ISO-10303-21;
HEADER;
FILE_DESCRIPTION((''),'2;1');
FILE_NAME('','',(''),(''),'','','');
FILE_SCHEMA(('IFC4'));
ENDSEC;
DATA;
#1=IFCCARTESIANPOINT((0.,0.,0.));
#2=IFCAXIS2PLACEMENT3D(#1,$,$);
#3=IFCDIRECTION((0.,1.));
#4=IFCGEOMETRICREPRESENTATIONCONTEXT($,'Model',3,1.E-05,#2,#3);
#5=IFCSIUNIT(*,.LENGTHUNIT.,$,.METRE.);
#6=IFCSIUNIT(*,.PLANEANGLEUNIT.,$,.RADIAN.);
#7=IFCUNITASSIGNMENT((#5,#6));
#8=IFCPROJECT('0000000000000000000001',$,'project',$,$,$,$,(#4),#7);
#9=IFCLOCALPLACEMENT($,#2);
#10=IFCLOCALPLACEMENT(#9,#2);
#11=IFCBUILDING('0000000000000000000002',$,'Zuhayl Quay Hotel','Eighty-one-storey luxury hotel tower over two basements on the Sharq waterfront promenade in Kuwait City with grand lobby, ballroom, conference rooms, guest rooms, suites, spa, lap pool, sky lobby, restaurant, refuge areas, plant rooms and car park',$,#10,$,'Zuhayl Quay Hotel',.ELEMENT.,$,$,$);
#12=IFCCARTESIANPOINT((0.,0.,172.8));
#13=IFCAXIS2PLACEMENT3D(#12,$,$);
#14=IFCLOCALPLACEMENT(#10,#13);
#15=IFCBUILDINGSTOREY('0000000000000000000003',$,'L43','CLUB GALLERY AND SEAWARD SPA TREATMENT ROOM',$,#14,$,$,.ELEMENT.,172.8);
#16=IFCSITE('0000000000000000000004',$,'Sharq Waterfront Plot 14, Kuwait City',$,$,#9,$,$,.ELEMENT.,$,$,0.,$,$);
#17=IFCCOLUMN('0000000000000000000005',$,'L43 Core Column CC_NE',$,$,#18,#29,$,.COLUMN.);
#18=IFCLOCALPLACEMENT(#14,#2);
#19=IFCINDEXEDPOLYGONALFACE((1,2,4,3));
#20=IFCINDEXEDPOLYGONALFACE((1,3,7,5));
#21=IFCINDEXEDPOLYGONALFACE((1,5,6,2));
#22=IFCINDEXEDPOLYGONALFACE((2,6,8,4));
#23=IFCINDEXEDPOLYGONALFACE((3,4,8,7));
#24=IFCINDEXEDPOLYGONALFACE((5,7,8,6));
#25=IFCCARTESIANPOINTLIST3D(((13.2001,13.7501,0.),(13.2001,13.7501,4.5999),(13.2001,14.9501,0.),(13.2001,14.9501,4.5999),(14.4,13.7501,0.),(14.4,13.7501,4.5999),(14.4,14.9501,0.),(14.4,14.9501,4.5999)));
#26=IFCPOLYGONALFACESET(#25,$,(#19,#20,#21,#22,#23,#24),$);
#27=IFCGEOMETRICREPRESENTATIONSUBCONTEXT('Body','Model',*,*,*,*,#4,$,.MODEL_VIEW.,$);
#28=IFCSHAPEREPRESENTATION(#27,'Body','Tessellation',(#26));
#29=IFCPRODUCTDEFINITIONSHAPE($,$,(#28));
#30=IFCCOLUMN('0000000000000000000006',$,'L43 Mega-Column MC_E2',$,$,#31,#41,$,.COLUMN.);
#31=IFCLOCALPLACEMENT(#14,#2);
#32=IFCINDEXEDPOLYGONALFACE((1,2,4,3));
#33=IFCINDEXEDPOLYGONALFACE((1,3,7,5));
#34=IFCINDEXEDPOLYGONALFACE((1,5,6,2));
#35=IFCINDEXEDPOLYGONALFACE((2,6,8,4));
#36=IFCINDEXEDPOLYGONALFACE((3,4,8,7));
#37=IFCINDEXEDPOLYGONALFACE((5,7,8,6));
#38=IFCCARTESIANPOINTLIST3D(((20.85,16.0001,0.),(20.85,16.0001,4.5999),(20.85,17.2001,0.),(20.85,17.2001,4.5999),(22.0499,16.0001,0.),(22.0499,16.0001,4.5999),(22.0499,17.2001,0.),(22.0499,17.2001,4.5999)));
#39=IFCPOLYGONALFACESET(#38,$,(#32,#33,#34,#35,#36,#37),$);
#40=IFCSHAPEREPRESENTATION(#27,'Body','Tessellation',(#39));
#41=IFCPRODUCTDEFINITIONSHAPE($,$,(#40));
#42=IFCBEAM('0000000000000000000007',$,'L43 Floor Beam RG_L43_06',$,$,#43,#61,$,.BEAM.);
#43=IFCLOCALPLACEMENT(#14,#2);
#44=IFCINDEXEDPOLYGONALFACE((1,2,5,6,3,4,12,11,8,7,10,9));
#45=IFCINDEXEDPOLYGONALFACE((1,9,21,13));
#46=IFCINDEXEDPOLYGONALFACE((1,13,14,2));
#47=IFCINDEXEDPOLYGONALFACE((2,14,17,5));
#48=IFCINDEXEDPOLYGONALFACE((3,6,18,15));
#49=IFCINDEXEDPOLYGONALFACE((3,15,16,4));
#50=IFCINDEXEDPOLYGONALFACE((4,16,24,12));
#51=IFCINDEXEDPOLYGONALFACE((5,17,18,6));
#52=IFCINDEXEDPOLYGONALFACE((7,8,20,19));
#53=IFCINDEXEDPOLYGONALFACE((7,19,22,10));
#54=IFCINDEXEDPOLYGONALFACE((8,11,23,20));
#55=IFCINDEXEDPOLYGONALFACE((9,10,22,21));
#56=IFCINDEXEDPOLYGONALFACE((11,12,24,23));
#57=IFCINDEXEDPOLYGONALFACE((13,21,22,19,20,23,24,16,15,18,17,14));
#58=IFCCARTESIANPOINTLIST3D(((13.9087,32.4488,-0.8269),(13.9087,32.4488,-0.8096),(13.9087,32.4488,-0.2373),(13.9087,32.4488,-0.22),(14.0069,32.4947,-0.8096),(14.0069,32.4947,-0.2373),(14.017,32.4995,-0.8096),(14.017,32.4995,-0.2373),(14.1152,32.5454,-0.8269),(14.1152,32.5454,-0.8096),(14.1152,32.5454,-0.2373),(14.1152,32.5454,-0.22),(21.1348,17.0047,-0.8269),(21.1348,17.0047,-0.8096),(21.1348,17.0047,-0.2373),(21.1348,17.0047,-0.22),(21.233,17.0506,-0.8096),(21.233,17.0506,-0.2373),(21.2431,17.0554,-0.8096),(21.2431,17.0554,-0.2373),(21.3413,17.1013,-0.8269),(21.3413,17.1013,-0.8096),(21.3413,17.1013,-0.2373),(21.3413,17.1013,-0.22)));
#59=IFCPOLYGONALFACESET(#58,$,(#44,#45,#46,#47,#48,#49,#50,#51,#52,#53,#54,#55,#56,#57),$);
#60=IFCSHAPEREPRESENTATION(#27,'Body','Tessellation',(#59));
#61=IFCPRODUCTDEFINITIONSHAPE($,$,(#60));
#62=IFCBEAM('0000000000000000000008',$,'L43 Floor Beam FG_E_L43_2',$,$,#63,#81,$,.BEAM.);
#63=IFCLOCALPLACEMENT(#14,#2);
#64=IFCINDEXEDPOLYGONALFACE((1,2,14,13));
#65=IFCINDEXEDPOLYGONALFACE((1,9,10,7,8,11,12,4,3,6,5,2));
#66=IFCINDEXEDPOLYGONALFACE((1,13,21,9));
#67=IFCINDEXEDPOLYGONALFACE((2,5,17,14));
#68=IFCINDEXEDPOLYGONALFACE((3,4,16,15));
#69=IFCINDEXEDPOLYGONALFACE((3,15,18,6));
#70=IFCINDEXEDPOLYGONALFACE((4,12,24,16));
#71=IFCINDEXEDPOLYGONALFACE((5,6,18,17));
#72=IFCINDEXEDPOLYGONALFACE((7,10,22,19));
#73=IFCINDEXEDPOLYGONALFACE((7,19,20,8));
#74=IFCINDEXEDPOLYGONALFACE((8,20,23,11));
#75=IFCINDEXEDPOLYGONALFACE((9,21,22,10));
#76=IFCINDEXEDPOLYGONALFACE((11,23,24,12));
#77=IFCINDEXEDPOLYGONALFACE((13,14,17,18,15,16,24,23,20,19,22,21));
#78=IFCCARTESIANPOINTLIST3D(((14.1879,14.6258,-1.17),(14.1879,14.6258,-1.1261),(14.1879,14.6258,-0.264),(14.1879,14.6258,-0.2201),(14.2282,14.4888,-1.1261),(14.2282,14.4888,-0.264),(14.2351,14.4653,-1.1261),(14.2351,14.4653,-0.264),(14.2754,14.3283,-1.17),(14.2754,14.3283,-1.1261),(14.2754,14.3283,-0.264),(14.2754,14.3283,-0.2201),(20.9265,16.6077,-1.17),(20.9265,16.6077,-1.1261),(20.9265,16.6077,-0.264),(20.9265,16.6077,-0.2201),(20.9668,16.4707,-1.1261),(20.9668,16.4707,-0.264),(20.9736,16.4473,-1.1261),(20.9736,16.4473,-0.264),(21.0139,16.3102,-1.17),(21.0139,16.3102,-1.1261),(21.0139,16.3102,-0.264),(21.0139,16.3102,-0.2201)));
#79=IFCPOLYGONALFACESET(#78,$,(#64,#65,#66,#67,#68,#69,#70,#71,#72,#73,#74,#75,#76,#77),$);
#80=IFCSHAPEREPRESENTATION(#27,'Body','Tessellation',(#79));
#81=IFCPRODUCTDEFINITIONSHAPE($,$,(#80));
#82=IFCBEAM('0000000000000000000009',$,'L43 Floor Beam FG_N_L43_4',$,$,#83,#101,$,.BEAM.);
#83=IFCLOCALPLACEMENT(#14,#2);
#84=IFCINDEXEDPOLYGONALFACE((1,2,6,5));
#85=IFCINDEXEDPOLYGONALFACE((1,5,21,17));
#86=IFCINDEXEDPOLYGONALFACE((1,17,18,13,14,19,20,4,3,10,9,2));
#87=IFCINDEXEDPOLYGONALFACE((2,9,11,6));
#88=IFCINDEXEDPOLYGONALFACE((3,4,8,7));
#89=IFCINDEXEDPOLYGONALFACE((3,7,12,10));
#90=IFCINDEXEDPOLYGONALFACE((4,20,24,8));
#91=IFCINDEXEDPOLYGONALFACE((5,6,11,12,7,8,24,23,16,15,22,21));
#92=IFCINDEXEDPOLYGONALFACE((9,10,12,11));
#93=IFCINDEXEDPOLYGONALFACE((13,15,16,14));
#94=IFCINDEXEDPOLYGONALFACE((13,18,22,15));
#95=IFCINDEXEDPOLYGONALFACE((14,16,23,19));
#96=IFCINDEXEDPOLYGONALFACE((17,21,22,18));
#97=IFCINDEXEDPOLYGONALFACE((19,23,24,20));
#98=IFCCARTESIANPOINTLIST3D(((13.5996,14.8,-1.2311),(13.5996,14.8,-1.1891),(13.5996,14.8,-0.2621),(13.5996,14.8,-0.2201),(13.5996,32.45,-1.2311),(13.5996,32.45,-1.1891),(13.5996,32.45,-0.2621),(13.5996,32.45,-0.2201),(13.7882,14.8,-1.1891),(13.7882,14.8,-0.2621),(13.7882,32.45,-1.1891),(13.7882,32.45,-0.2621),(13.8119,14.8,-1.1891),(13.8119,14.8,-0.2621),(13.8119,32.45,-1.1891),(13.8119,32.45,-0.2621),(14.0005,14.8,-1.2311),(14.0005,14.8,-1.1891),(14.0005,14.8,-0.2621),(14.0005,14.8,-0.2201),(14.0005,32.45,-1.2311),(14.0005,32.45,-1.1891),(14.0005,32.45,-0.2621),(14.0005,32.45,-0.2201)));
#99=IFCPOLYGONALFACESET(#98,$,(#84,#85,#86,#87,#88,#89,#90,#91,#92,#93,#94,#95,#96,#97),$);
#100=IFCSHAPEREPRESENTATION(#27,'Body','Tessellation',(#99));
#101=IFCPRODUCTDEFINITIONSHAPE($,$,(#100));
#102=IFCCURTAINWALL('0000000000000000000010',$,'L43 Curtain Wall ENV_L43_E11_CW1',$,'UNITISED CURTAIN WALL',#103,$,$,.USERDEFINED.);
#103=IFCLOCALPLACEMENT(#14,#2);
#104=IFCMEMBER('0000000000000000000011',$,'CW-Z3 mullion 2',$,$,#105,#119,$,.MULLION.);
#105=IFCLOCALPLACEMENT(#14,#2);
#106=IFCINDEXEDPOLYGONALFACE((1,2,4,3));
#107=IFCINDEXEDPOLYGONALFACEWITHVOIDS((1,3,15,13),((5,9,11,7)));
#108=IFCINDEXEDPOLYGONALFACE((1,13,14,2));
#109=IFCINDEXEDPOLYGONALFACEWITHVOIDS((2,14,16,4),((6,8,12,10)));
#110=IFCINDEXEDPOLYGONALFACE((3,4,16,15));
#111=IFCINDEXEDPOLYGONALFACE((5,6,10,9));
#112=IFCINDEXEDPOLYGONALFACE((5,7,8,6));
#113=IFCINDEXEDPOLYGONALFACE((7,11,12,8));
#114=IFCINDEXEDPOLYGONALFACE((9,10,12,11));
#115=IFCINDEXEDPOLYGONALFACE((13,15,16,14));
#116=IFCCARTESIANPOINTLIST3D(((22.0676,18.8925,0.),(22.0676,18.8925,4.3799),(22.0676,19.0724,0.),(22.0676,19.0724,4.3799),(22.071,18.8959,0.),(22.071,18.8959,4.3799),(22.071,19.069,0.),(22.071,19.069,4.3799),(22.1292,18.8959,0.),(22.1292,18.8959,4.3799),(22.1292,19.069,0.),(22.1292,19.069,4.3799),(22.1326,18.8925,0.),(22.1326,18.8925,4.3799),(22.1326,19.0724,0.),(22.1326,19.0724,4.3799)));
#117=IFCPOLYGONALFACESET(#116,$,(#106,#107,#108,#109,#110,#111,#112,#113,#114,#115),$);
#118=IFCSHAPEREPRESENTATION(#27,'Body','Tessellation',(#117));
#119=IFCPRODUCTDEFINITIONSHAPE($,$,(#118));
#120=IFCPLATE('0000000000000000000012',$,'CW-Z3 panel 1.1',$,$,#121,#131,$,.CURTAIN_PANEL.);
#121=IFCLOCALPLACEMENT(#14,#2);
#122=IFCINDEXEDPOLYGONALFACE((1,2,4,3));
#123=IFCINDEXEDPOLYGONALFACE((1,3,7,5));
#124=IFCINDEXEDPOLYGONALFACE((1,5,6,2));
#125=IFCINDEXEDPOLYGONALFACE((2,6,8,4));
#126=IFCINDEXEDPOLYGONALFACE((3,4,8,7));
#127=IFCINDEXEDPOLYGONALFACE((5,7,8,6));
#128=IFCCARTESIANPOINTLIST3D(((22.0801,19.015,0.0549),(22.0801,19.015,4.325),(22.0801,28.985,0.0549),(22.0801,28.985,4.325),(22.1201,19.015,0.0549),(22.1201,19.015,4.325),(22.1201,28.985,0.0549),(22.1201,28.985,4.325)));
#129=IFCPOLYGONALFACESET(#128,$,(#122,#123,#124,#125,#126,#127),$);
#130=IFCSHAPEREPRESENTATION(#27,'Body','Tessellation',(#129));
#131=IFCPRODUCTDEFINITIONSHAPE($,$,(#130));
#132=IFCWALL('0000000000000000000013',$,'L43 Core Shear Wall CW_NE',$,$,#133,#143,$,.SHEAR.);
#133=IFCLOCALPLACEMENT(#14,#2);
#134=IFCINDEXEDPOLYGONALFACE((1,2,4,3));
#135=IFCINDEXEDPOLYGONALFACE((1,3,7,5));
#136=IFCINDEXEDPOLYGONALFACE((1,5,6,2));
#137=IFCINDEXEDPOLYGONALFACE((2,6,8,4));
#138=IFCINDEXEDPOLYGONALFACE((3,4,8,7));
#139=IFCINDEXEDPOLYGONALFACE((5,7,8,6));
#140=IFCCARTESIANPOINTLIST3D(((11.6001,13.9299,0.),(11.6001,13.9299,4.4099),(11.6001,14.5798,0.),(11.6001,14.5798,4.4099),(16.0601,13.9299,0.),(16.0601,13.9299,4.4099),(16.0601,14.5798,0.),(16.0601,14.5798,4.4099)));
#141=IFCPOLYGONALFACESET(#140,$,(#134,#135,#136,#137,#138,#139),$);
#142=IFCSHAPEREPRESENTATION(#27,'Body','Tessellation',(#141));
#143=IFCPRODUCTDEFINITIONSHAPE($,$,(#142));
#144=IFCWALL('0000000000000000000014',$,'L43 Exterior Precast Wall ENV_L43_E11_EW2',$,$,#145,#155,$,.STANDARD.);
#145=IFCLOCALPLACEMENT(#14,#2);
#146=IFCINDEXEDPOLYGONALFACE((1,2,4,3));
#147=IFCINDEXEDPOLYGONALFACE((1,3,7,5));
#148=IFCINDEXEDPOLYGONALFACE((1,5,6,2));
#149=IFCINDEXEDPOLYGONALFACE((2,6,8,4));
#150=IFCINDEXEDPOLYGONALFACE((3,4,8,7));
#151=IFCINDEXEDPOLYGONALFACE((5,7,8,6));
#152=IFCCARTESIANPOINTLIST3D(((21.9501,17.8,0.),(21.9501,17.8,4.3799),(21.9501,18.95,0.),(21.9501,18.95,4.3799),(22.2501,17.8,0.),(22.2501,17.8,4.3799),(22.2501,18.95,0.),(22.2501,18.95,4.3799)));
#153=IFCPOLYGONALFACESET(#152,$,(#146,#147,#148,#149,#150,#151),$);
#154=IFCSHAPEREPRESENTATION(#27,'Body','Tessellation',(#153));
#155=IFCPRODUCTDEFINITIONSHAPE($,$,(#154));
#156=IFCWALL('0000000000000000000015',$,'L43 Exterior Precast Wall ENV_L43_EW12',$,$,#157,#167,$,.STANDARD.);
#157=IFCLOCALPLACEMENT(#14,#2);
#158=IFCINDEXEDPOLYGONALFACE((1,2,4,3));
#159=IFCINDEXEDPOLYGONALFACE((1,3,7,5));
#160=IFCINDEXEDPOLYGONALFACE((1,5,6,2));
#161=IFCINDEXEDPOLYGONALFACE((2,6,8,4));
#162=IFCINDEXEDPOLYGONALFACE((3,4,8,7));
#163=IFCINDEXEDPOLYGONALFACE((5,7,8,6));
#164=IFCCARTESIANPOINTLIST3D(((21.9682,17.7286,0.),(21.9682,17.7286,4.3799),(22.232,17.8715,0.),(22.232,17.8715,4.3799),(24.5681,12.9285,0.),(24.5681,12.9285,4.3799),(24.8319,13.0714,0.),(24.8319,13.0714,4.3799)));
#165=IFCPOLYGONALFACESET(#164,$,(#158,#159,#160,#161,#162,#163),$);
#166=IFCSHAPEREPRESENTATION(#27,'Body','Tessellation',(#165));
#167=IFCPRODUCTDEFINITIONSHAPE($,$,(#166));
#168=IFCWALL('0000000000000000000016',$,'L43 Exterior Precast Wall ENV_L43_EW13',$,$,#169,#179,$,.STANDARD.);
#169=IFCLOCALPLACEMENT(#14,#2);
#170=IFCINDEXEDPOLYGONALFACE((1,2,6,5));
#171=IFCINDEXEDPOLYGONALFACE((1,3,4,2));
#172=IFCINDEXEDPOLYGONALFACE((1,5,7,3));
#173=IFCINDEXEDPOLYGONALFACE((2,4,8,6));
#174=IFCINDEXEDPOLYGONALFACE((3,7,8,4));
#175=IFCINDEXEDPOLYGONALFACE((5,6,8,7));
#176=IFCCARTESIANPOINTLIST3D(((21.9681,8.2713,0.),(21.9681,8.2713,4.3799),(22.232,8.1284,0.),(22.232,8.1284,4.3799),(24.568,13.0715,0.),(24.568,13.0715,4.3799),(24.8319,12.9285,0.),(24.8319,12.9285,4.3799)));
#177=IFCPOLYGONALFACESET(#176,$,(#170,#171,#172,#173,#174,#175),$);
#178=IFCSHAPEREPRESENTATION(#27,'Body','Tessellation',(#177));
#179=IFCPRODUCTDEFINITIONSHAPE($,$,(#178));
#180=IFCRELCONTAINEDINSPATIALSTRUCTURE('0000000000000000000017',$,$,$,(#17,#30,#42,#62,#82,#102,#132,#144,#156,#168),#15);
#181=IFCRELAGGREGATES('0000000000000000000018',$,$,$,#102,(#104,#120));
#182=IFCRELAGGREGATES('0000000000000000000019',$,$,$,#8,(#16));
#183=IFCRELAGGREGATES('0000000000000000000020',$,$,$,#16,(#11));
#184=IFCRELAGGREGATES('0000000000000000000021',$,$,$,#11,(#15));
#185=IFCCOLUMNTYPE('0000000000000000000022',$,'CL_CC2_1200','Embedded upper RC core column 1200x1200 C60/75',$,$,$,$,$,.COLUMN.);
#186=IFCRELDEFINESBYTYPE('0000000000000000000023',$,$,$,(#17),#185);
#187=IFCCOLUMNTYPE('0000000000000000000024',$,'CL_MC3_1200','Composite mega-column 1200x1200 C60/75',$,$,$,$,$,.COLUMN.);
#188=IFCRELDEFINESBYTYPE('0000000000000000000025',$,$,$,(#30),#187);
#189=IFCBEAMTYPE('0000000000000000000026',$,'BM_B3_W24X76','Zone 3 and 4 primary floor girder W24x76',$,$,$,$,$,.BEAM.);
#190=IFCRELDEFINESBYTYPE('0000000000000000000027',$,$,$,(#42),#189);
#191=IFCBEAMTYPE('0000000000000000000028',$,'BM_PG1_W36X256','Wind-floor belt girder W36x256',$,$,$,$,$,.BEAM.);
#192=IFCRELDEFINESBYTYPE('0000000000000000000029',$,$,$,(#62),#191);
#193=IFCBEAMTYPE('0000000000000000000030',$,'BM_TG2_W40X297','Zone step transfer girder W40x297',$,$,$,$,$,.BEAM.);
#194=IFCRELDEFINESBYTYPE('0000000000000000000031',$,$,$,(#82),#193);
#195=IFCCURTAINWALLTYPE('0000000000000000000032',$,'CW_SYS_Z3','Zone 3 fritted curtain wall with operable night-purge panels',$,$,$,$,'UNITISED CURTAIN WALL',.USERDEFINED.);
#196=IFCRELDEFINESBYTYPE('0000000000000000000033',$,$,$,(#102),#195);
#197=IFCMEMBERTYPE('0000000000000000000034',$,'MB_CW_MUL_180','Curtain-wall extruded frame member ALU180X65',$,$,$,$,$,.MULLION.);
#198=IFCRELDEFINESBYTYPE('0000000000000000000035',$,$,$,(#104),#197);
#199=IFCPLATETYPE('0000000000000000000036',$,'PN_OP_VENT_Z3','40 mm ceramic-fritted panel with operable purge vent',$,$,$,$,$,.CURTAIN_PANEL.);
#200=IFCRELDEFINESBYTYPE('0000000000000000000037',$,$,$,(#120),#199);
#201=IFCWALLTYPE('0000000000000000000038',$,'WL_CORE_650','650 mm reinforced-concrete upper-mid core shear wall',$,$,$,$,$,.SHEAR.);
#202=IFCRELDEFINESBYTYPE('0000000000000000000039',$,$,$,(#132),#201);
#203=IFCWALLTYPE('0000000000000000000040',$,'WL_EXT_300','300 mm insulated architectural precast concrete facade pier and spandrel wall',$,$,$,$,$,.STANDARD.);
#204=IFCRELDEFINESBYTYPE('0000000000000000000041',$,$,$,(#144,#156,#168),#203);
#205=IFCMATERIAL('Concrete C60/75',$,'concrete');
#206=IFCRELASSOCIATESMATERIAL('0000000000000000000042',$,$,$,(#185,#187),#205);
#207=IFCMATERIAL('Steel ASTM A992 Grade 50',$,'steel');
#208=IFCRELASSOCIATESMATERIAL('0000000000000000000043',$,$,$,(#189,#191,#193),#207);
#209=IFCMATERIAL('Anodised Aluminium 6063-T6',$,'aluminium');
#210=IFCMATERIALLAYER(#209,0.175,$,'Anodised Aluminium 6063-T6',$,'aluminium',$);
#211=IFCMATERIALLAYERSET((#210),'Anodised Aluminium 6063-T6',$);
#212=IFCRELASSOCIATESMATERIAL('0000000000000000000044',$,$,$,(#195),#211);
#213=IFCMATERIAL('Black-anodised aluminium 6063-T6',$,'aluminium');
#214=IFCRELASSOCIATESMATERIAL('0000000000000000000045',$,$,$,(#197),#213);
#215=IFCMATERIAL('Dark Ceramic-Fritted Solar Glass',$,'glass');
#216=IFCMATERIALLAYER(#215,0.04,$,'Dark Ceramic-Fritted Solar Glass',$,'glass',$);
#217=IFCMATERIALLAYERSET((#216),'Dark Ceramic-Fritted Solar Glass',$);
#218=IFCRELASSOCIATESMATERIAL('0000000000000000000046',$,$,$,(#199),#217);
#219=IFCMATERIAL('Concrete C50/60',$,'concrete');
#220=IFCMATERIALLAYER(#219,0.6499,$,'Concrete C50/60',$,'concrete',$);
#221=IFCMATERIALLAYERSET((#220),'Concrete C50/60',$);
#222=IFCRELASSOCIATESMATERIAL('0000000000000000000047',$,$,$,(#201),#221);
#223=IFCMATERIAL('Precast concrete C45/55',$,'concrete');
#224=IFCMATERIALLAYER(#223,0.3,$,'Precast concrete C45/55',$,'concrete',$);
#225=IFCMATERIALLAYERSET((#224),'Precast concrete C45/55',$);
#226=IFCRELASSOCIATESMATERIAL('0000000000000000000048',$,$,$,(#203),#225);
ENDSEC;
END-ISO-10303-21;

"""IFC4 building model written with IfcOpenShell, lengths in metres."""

from ifc_helpers import new_model, si_unit, direction, frame, frame_2d, origin, origin_2d, place, context, subcontext, project, spatial, rectangle, hollow_rectangle, i_section, extrude, material, layer, layer_set, material_profile, profile_set, type_object, element, aggregate, save


model = new_model("IFC4")

# Units and contexts
model_context = context("Model", 3, precision=1e-05, world=origin(), true_north=direction((0.0, 1.0)))
body_context = subcontext(model_context, "Body", "Model", "MODEL_VIEW")
ifc_project = project(units=[si_unit("LENGTHUNIT", "METRE"), si_unit("PLANEANGLEUNIT", "RADIAN")], contexts=[model_context])

# Site, building, storey
site_placement = place(None, origin())
site = spatial("IfcSite", under=ifc_project, at=site_placement, Name="Sharq Waterfront Plot 14, Kuwait City", CompositionType="ELEMENT", RefElevation=0.0)
building_placement = place(site_placement, origin())
building = spatial("IfcBuilding", under=site, at=building_placement, Name="Zuhayl Quay Hotel", Description="Eighty-one-storey luxury hotel tower over two basements on the Sharq waterfront promenade in Kuwait City with grand lobby, ballroom, conference rooms, guest rooms, suites, spa, lap pool, sky lobby, restaurant, refuge areas, plant rooms and car park", LongName="Zuhayl Quay Hotel", CompositionType="ELEMENT")
storey_placement = place(building_placement, frame((0.0, 0.0, 172.8)))
storey = spatial("IfcBuildingStorey", under=building, at=storey_placement, Name="L43", Description="CLUB GALLERY AND SEAWARD SPA TREATMENT ROOM", CompositionType="ELEMENT", Elevation=172.8)

# Columns
ifc_material_1 = material(Name="Concrete C60/75", Category="concrete")
ifc_material_profile_1 = material_profile(ifc_material_1, rectangle(XDim=1.2, YDim=1.2, at=origin_2d()), Name="RC1200X1200")
ifc_profile_set_1 = profile_set([ifc_material_profile_1], Name="Concrete C60/75")
column_type_1 = type_object("IfcColumnType", Name="CL_CC2_1200", Description="Embedded upper RC core column 1200x1200 C60/75", PredefinedType="COLUMN", material=ifc_profile_set_1)
column_1_placement = place(storey_placement, frame((13.8, 14.3501, 0.0), z_axis=(0.0, 0.0, 1.0), x_axis=(1.0, 0.0, 0.0)))
element("IfcColumn", 1, at=column_1_placement, inside=storey, type_object=column_type_1, Name="L43 Core Column CC_NE", PredefinedType="COLUMN", context=body_context, shape_type="SweptSolid", body=[
    extrude(rectangle(XDim=1.2, YDim=1.2, at=origin_2d()), origin(), (0.0, 0.0, 1.0), 4.5999),
])
ifc_material_profile_2 = material_profile(ifc_material_1, rectangle(XDim=1.2, YDim=1.2, at=origin_2d()), Name="RC1200X1200")
ifc_profile_set_2 = profile_set([ifc_material_profile_2], Name="Concrete C60/75")
column_type_2 = type_object("IfcColumnType", Name="CL_MC3_1200", Description="Composite mega-column 1200x1200 C60/75", PredefinedType="COLUMN", material=ifc_profile_set_2)
column_2_placement = place(storey_placement, frame((21.45, 16.6001, 0.0), z_axis=(0.0, 0.0, 1.0), x_axis=(1.0, 0.0, 0.0)))
element("IfcColumn", 2, at=column_2_placement, inside=storey, type_object=column_type_2, Name="L43 Mega-Column MC_E2", PredefinedType="COLUMN", context=body_context, shape_type="SweptSolid", body=[
    extrude(rectangle(XDim=1.2, YDim=1.2, at=origin_2d()), origin(), (0.0, 0.0, 1.0), 4.5999),
])

# Beams
ifc_material_2 = material(Name="Steel ASTM A992 Grade 50", Category="steel")
ifc_material_profile_3 = material_profile(ifc_material_2, i_section(OverallWidth=0.228, OverallDepth=0.6069, WebThickness=0.0112, FlangeThickness=0.0173, at=origin_2d()), Name="W24X76")
ifc_profile_set_3 = profile_set([ifc_material_profile_3], Name="Steel ASTM A992 Grade 50")
beam_type_1 = type_object("IfcBeamType", Name="BM_B3_W24X76", Description="Zone 3 and 4 primary floor girder W24x76", PredefinedType="BEAM", material=ifc_profile_set_3)
beam_1_placement = place(storey_placement, frame((21.238, 17.053, -0.5234), z_axis=(-0.423792, 0.905759, 0.0), x_axis=(-0.905759, -0.423792, 0.0)))
element("IfcBeam", 3, at=beam_1_placement, inside=storey, type_object=beam_type_1, Name="L43 Floor Beam RG_L43_06", PredefinedType="BEAM", context=body_context, shape_type="SweptSolid", body=[
    extrude(i_section(OverallWidth=0.228, OverallDepth=0.6069, WebThickness=0.0112, FlangeThickness=0.0173, at=origin_2d()), origin(), (0.0, 0.0, 1.0), 17.051),
])
ifc_material_profile_4 = material_profile(ifc_material_2, i_section(OverallWidth=0.3101, OverallDepth=0.95, WebThickness=0.0244, FlangeThickness=0.0439, at=origin_2d()), Name="W36X256")
ifc_profile_set_4 = profile_set([ifc_material_profile_4], Name="Steel ASTM A992 Grade 50")
beam_type_2 = type_object("IfcBeamType", Name="BM_PG1_W36X256", Description="Wind-floor belt girder W36x256", PredefinedType="BEAM", material=ifc_profile_set_4)
beam_2_placement = place(storey_placement, frame((14.2317, 14.4771, -0.6951), z_axis=(0.959365, 0.282168, 0.0), x_axis=(-0.282168, 0.959365, 0.0)))
element("IfcBeam", 4, at=beam_2_placement, inside=storey, type_object=beam_type_2, Name="L43 Floor Beam FG_E_L43_2", PredefinedType="BEAM", context=body_context, shape_type="SweptSolid", body=[
    extrude(i_section(OverallWidth=0.3101, OverallDepth=0.95, WebThickness=0.0244, FlangeThickness=0.0439, at=origin_2d()), origin(), (0.0, 0.0, 1.0), 7.0239),
])
ifc_material_profile_5 = material_profile(ifc_material_2, i_section(OverallWidth=0.4009, OverallDepth=1.011, WebThickness=0.0237, FlangeThickness=0.042, at=origin_2d()), Name="W40X297")
ifc_profile_set_5 = profile_set([ifc_material_profile_5], Name="Steel ASTM A992 Grade 50")
beam_type_3 = type_object("IfcBeamType", Name="BM_TG2_W40X297", Description="Zone step transfer girder W40x297", PredefinedType="BEAM", material=ifc_profile_set_5)
beam_3_placement = place(storey_placement, frame((13.8, 14.8, -0.7256), z_axis=(0.0, 1.0, 0.0), x_axis=(-1.0, 0.0, 0.0)))
element("IfcBeam", 5, at=beam_3_placement, inside=storey, type_object=beam_type_3, Name="L43 Floor Beam FG_N_L43_4", PredefinedType="BEAM", context=body_context, shape_type="SweptSolid", body=[
    extrude(i_section(OverallWidth=0.4009, OverallDepth=1.011, WebThickness=0.0237, FlangeThickness=0.042, at=origin_2d()), origin(), (0.0, 0.0, 1.0), 17.6499),
])

# Curtain wall, member, plate
ifc_material_3 = material(Name="Anodised Aluminium 6063-T6", Category="aluminium")
ifc_layer_1 = layer(ifc_material_3, 0.175, Name="Anodised Aluminium 6063-T6", Category="aluminium")
ifc_layer_set_1 = layer_set([ifc_layer_1], Name="Anodised Aluminium 6063-T6")
curtain_wall_type = type_object("IfcCurtainWallType", Name="CW_SYS_Z3", Description="Zone 3 fritted curtain wall with operable night-purge panels", ElementType="UNITISED CURTAIN WALL", PredefinedType="USERDEFINED", material=ifc_layer_set_1)
curtain_wall_placement = place(storey_placement, origin())
curtain_wall = element("IfcCurtainWall", 6, at=curtain_wall_placement, inside=storey, type_object=curtain_wall_type, Name="L43 Curtain Wall ENV_L43_E11_CW1", ObjectType="UNITISED CURTAIN WALL", PredefinedType="USERDEFINED")
ifc_material_4 = material(Name="Black-anodised aluminium 6063-T6", Category="aluminium")
ifc_material_profile_6 = material_profile(ifc_material_4, hollow_rectangle(XDim=0.0649, YDim=0.1799, WallThickness=0.0034, at=origin_2d()), Name="ALU180X65")
ifc_profile_set_6 = profile_set([ifc_material_profile_6], Name="Black-anodised aluminium 6063-T6")
member_type = type_object("IfcMemberType", Name="MB_CW_MUL_180", Description="Curtain-wall extruded frame member ALU180X65", PredefinedType="MULLION", material=ifc_profile_set_6)
member_placement = place(storey_placement, frame((22.1001, 18.9824, 0.0), z_axis=(0.0, 0.0, 1.0), x_axis=(1.0, 0.0, 0.0)))
member = element("IfcMember", 7, at=member_placement, type_object=member_type, Name="CW-Z3 mullion 2", PredefinedType="MULLION", context=body_context, shape_type="SweptSolid", body=[
    extrude(hollow_rectangle(XDim=0.0649, YDim=0.1799, WallThickness=0.0034, at=origin_2d()), origin(), (0.0, 0.0, 1.0), 4.3799),
])
ifc_material_5 = material(Name="Dark Ceramic-Fritted Solar Glass", Category="glass")
ifc_layer_2 = layer(ifc_material_5, 0.04, Name="Dark Ceramic-Fritted Solar Glass", Category="glass")
ifc_layer_set_2 = layer_set([ifc_layer_2], Name="Dark Ceramic-Fritted Solar Glass")
plate_type = type_object("IfcPlateType", Name="PN_OP_VENT_Z3", Description="40 mm ceramic-fritted panel with operable purge vent", PredefinedType="CURTAIN_PANEL", material=ifc_layer_set_2)
plate_placement = place(storey_placement, frame((22.1001, 24.0, 0.0549), z_axis=(0.0, 0.0, 1.0), x_axis=(0.0, -1.0, 0.0)))
plate = element("IfcPlate", 8, at=plate_placement, type_object=plate_type, Name="CW-Z3 panel 1.1", PredefinedType="CURTAIN_PANEL", context=body_context, shape_type="SweptSolid", body=[
    extrude(rectangle(XDim=9.97, YDim=0.04, at=origin_2d()), origin(), (0.0, 0.0, 1.0), 4.27),
])
aggregate(curtain_wall, [member, plate])

# Walls
ifc_material_6 = material(Name="Concrete C50/60", Category="concrete")
ifc_layer_3 = layer(ifc_material_6, 0.6499, Name="Concrete C50/60", Category="concrete")
ifc_layer_set_3 = layer_set([ifc_layer_3], Name="Concrete C50/60")
wall_type_1 = type_object("IfcWallType", Name="WL_CORE_650", Description="650 mm reinforced-concrete upper-mid core shear wall", PredefinedType="SHEAR", material=ifc_layer_set_3)
wall_1_placement = place(storey_placement, frame((11.6001, 14.2549, 0.0), z_axis=(0.0, 0.0, 1.0), x_axis=(1.0, 0.0, 0.0)))
element("IfcWall", 9, at=wall_1_placement, inside=storey, type_object=wall_type_1, Name="L43 Core Shear Wall CW_NE", PredefinedType="SHEAR", context=body_context, shape_type="SweptSolid", body=[
    extrude(rectangle(XDim=4.46, YDim=0.6499, at=frame_2d((2.23, 0.0))), origin(), (0.0, 0.0, 1.0), 4.4099),
])
ifc_material_7 = material(Name="Precast concrete C45/55", Category="concrete")
ifc_layer_4 = layer(ifc_material_7, 0.3, Name="Precast concrete C45/55", Category="concrete")
ifc_layer_set_4 = layer_set([ifc_layer_4], Name="Precast concrete C45/55")
wall_type_2 = type_object("IfcWallType", Name="WL_EXT_300", Description="300 mm insulated architectural precast concrete facade pier and spandrel wall", PredefinedType="STANDARD", material=ifc_layer_set_4)
wall_2_placement = place(storey_placement, frame((22.1001, 18.95, 0.0), z_axis=(0.0, 0.0, 1.0), x_axis=(0.0, -1.0, 0.0)))
element("IfcWall", 10, at=wall_2_placement, inside=storey, type_object=wall_type_2, Name="L43 Exterior Precast Wall ENV_L43_E11_EW2", PredefinedType="STANDARD", context=body_context, shape_type="SweptSolid", body=[
    extrude(rectangle(XDim=1.1499, YDim=0.3, at=frame_2d((0.575, 0.0))), origin(), (0.0, 0.0, 1.0), 4.3799),
])
for number, where, z_axis, x_axis, name in (
    (11, (22.1001, 17.8, 0.0), (0.0, 0.0, 1.0), (0.476259, -0.879305, 0.0), "L43 Exterior Precast Wall ENV_L43_EW12"),
    (12, (24.7, 13.0, 0.0), (0.0, 0.0, 1.0), (-0.476259, -0.879305, 0.0), "L43 Exterior Precast Wall ENV_L43_EW13"),
):
    element("IfcWall", number, at=place(storey_placement, frame(where, z_axis=z_axis, x_axis=x_axis)), inside=storey, type_object=wall_type_2, Name=name, PredefinedType="STANDARD", context=body_context, shape_type="SweptSolid", body=[
        extrude(rectangle(XDim=5.459, YDim=0.3, at=frame_2d((2.7295, 0.0))), origin(), (0.0, 0.0, 1.0), 4.3799),
    ])

save(model, "model.ifc")
